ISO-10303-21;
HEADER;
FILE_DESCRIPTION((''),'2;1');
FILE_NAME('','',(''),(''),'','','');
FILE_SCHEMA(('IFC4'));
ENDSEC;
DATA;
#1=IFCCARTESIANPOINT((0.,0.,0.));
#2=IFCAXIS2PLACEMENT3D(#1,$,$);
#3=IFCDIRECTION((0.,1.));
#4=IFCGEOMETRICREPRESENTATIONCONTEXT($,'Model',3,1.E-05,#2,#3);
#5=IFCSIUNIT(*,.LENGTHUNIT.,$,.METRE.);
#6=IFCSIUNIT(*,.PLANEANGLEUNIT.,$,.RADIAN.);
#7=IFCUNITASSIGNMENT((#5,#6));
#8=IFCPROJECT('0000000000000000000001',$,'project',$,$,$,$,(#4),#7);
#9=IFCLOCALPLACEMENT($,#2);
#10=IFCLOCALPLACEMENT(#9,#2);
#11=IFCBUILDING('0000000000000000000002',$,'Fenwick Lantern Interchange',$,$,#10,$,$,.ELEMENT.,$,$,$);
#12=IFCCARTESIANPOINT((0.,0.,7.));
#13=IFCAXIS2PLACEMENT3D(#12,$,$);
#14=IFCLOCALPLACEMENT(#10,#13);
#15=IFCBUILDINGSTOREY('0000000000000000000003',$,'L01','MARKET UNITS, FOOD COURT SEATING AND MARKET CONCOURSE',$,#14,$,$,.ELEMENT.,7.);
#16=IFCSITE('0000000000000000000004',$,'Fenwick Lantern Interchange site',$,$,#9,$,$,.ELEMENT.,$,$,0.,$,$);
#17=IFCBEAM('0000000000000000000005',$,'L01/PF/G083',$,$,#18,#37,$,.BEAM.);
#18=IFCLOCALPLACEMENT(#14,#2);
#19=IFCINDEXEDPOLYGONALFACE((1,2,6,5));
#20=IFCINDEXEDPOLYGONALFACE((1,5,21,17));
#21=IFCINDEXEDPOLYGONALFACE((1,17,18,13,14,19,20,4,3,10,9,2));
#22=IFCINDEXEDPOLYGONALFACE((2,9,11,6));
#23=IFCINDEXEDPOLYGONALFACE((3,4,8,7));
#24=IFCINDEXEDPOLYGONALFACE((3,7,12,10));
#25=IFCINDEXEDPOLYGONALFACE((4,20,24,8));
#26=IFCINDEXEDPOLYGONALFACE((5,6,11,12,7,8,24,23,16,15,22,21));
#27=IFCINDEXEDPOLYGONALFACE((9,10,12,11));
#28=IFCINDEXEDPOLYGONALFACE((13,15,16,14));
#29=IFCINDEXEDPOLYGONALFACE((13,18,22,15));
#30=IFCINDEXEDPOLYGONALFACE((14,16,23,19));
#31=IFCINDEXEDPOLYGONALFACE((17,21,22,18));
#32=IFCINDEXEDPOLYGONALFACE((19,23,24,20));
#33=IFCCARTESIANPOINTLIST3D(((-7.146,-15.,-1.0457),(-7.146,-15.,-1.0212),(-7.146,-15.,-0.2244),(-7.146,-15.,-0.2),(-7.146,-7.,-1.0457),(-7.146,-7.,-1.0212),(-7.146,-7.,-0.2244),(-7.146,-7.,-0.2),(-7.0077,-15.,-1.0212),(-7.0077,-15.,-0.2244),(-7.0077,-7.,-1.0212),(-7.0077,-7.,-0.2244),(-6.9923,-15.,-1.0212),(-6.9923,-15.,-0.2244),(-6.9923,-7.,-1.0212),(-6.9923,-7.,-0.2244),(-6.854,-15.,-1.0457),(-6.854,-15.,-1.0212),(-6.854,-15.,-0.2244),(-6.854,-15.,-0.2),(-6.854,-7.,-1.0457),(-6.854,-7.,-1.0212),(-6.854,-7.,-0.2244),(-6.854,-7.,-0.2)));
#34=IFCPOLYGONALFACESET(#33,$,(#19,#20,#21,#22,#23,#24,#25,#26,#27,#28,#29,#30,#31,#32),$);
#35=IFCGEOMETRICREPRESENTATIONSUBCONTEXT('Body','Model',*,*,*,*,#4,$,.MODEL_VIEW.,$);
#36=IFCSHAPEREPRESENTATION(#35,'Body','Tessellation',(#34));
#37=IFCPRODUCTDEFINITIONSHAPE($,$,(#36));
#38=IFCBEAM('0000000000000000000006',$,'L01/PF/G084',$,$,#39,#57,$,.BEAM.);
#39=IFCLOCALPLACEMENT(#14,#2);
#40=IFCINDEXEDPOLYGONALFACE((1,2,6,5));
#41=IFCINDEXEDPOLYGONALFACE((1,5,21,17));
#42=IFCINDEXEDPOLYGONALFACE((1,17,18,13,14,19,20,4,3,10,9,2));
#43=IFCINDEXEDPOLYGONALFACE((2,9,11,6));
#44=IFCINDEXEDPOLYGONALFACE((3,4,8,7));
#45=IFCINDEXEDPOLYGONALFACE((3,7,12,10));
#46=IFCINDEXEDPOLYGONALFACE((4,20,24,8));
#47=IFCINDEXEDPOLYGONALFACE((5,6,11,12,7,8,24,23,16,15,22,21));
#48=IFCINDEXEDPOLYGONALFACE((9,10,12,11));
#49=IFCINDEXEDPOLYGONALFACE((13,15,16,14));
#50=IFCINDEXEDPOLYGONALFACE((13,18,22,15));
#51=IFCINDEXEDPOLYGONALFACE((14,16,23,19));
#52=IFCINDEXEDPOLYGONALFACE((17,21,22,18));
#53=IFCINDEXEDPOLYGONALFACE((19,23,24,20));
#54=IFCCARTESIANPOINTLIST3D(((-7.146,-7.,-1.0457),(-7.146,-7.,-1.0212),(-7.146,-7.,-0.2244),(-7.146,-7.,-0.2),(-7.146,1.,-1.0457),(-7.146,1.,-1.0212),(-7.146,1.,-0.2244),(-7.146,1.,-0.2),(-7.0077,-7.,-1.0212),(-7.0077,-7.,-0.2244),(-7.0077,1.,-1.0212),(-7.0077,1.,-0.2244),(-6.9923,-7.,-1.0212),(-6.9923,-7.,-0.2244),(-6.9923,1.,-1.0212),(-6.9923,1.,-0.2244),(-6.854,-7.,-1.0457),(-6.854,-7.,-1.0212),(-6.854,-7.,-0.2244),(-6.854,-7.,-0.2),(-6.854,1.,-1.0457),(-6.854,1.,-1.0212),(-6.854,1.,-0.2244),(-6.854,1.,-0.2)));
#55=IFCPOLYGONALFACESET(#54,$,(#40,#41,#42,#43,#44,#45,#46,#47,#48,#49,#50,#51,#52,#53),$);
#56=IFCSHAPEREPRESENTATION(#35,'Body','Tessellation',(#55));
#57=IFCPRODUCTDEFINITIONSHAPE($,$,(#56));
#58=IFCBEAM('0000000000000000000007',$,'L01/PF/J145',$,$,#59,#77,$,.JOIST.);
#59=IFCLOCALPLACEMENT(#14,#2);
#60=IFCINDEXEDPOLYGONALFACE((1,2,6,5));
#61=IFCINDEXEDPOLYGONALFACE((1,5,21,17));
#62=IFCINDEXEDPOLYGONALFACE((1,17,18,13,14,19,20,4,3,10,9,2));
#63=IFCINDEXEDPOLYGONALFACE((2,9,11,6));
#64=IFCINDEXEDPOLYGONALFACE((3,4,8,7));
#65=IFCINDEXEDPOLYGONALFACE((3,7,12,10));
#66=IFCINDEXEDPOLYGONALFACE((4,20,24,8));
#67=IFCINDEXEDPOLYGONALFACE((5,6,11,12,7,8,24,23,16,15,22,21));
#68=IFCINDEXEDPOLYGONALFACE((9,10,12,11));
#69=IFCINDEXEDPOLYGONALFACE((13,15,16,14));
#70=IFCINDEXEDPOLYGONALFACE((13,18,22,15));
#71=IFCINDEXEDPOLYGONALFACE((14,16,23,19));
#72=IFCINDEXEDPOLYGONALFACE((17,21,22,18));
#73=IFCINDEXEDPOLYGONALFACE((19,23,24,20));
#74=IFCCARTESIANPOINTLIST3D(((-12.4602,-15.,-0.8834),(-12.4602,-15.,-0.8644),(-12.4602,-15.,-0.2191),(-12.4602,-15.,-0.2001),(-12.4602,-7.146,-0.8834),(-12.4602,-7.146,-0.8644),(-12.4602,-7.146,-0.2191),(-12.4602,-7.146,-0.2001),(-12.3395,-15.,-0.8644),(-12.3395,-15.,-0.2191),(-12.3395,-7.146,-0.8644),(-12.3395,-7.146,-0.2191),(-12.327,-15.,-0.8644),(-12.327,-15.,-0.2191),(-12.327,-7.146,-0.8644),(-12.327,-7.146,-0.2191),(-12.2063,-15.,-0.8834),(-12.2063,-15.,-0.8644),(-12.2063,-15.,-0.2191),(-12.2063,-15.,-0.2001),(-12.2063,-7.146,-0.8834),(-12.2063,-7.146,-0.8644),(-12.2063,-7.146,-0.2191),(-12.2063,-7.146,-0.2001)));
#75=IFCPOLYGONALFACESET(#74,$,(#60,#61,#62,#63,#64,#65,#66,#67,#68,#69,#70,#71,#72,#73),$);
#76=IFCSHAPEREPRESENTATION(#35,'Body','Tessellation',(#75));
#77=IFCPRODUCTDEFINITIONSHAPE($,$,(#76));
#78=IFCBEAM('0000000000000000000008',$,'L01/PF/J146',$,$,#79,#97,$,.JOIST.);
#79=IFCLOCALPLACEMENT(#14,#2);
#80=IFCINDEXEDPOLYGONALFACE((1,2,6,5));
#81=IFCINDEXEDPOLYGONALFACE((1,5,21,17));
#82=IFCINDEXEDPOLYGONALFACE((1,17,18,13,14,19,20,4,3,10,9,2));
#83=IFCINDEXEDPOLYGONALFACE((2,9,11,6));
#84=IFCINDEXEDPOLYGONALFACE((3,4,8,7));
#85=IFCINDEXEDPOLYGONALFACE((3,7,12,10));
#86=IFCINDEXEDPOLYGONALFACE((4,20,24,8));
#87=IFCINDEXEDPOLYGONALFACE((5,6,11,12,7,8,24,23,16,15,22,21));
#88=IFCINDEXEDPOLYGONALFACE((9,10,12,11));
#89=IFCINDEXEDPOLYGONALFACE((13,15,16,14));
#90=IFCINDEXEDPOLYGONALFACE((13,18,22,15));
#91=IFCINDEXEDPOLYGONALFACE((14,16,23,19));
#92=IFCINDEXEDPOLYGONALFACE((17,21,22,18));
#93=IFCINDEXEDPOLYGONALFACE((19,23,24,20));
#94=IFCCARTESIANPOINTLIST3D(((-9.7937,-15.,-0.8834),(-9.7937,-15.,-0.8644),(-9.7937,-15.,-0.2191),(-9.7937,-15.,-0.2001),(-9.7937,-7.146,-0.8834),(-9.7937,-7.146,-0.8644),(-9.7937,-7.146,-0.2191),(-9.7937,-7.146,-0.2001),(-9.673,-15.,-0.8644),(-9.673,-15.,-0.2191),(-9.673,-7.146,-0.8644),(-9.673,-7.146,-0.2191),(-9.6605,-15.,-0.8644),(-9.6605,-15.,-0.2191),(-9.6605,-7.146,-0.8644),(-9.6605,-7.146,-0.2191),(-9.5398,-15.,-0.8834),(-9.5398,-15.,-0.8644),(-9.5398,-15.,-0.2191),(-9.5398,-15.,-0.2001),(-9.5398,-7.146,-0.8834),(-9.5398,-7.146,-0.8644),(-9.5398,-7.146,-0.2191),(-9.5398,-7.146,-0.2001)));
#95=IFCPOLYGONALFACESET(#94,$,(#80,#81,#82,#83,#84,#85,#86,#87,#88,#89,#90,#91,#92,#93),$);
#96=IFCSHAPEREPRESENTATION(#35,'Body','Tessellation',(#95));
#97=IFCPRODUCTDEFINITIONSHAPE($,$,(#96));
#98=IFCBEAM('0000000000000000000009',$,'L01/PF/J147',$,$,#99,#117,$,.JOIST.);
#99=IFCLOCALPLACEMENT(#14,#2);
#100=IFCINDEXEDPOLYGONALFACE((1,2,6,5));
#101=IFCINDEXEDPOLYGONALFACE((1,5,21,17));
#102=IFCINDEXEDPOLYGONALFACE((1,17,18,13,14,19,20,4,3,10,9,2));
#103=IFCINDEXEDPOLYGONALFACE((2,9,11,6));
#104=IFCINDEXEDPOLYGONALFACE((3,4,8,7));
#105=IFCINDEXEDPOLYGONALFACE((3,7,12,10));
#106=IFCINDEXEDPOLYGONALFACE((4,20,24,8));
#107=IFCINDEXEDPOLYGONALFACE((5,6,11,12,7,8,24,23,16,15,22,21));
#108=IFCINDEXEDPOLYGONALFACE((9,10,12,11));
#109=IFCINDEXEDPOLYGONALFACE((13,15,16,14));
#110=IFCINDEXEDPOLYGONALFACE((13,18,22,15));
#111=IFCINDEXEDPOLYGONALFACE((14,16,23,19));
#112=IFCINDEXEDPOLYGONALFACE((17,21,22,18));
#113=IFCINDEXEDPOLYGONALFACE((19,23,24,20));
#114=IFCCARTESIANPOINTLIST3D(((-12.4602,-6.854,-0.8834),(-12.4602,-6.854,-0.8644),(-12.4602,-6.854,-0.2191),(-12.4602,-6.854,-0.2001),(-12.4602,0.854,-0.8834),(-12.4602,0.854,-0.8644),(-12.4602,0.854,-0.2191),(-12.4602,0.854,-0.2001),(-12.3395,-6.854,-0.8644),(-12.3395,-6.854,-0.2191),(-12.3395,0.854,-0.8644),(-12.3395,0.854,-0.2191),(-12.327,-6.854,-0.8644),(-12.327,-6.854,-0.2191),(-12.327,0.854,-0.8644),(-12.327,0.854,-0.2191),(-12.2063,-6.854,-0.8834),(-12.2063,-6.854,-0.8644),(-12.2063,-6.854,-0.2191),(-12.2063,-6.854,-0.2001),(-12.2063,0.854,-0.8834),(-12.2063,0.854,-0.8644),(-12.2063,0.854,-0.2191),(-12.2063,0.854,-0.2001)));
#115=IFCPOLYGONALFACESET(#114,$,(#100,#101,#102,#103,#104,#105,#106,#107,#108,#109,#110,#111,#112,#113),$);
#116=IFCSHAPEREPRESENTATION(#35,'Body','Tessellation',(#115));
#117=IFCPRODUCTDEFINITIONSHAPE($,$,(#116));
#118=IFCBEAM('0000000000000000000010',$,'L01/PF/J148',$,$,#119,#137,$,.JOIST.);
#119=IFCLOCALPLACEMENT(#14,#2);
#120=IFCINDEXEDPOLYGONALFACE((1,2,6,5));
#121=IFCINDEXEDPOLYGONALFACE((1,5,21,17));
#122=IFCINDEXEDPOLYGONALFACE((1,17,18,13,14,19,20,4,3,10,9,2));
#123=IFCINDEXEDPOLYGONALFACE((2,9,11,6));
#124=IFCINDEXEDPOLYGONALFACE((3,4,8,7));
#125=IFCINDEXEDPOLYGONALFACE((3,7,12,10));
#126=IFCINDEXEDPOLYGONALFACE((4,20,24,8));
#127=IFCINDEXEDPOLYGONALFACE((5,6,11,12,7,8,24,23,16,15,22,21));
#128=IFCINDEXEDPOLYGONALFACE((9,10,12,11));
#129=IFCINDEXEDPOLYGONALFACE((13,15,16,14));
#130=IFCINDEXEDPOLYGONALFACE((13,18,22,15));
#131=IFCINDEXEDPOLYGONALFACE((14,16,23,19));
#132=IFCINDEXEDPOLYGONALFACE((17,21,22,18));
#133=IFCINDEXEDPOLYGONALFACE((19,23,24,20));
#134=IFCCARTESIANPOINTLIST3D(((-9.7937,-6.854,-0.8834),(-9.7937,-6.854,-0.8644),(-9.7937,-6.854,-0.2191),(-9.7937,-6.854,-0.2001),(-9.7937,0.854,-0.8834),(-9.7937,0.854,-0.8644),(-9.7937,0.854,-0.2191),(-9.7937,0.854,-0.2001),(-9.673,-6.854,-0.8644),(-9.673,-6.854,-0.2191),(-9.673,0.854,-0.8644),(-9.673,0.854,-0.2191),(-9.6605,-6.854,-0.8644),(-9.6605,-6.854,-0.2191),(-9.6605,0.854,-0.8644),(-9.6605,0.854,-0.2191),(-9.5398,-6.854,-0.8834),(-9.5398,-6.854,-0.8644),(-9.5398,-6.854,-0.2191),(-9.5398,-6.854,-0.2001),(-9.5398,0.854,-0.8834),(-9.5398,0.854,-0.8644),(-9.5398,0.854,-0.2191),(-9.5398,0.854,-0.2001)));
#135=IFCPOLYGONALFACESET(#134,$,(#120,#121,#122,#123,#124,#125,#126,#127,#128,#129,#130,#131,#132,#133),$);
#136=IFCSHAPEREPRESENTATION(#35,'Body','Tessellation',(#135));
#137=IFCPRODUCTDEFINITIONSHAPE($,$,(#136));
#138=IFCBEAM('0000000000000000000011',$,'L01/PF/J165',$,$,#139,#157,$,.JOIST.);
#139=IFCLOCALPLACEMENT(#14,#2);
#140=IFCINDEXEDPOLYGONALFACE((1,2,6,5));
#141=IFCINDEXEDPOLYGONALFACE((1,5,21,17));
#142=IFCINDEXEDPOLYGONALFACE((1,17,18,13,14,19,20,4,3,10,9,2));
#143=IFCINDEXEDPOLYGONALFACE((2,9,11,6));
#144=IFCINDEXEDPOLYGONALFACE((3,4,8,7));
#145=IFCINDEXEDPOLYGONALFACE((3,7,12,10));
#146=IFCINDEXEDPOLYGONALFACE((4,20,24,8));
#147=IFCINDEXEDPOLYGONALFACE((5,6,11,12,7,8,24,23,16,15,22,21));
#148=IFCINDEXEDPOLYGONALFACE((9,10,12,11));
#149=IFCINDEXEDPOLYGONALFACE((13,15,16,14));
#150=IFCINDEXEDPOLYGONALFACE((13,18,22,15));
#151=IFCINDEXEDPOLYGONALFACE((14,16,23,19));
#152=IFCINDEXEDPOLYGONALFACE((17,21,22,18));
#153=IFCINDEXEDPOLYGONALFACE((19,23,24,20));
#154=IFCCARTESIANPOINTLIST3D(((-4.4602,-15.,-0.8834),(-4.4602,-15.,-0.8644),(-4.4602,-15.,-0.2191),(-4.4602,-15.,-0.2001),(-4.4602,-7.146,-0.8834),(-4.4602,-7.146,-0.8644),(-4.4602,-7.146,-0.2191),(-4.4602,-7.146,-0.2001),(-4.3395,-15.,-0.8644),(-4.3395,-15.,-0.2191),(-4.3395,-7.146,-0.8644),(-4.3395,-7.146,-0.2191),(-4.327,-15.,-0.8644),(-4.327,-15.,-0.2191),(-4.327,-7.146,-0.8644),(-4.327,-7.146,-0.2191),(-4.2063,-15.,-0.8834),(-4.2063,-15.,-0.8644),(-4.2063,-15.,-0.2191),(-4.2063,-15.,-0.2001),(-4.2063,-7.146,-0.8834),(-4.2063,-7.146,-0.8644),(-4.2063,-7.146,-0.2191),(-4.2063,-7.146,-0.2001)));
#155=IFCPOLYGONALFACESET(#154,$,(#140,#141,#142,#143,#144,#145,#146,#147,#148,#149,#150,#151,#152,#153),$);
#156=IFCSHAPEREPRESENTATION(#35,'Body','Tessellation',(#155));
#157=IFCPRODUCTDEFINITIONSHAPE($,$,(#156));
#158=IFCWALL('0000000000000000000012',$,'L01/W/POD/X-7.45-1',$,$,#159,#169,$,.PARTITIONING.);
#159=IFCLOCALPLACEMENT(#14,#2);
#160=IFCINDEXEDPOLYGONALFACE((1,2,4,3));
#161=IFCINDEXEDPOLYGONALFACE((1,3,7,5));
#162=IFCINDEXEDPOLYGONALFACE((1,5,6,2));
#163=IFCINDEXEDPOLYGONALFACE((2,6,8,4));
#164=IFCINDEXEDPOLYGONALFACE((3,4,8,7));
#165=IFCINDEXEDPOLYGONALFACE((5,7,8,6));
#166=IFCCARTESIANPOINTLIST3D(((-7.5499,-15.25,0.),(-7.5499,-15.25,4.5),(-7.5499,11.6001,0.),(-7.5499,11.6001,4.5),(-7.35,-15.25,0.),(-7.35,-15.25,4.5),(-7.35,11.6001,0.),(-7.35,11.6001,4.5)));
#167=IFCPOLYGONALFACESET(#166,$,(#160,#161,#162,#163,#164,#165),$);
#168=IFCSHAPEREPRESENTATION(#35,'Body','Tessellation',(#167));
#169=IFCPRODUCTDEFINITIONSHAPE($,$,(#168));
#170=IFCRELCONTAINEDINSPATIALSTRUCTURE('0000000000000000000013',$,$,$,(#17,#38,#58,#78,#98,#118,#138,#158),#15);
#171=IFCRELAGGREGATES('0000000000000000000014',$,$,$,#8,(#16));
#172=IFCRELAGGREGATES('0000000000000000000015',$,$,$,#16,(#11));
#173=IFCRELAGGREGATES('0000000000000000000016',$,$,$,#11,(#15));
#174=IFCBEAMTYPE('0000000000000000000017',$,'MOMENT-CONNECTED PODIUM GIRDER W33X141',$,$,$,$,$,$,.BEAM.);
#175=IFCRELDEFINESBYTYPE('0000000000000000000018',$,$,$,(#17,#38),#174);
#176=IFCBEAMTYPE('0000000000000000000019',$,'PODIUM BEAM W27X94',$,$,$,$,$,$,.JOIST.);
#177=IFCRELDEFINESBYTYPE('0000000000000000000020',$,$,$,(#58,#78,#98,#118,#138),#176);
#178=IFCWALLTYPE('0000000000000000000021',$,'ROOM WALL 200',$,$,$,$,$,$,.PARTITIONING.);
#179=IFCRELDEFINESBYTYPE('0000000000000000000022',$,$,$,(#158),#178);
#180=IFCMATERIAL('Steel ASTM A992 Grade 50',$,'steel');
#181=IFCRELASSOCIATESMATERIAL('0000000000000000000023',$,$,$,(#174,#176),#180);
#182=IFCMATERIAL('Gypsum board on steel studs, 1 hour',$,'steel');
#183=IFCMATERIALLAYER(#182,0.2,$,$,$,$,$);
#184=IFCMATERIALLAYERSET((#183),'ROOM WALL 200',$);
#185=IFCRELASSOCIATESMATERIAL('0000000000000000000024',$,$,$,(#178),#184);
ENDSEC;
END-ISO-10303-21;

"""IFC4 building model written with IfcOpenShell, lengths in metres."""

from ifc_helpers import new_model, si_unit, direction, frame, frame_2d, origin, origin_2d, place, context, subcontext, project, spatial, rectangle, i_section, extrude, material, layer, layer_set, material_profile, profile_set, type_object, element, save


model = new_model("IFC4")

# Units and contexts
model_context = context("Model", 3, precision=1e-05, world=origin(), true_north=direction((0.0, 1.0)))
body_context = subcontext(model_context, "Body", "Model", "MODEL_VIEW")
ifc_project = project(units=[si_unit("LENGTHUNIT", "METRE"), si_unit("PLANEANGLEUNIT", "RADIAN")], contexts=[model_context])

# Site, building, storey
site_placement = place(None, origin())
site = spatial("IfcSite", under=ifc_project, at=site_placement, Name="Fenwick Lantern Interchange site", CompositionType="ELEMENT", RefElevation=0.0)
building_placement = place(site_placement, origin())
building = spatial("IfcBuilding", under=site, at=building_placement, Name="Fenwick Lantern Interchange", CompositionType="ELEMENT")
storey_placement = place(building_placement, frame((0.0, 0.0, 7.0)))
storey = spatial("IfcBuildingStorey", under=building, at=storey_placement, Name="L01", Description="MARKET UNITS, FOOD COURT SEATING AND MARKET CONCOURSE", CompositionType="ELEMENT", Elevation=7.0)

# Shared definitions
ifc_material_1 = material(Name="Steel ASTM A992 Grade 50", Category="steel")

# Beams
ifc_material_profile_1 = material_profile(ifc_material_1, i_section(OverallWidth=0.292, OverallDepth=0.8457, WebThickness=0.0154, FlangeThickness=0.0244, at=origin_2d()), Name="W33X141")
ifc_profile_set_1 = profile_set([ifc_material_profile_1], Name="Steel ASTM A992 Grade 50")
beam_type_1 = type_object("IfcBeamType", Name="MOMENT-CONNECTED PODIUM GIRDER W33X141", PredefinedType="BEAM", material=ifc_profile_set_1)
for number, where, z_axis, x_axis, name in (
    (1, (-7.0, -15.0, -0.6228), (0.0, 1.0, 0.0), (-1.0, 0.0, 0.0), "L01/PF/G083"),
    (2, (-7.0, -7.0, -0.6228), (0.0, 1.0, 0.0), (-1.0, 0.0, 0.0), "L01/PF/G084"),
):
    element("IfcBeam", number, at=place(storey_placement, frame(where, z_axis=z_axis, x_axis=x_axis)), inside=storey, type_object=beam_type_1, Name=name, PredefinedType="BEAM", context=body_context, shape_type="SweptSolid", body=[
        extrude(i_section(OverallWidth=0.292, OverallDepth=0.8457, WebThickness=0.0154, FlangeThickness=0.0244, at=origin_2d()), origin(), (0.0, 0.0, 1.0), 8.0),
    ])
ifc_material_profile_2 = material_profile(ifc_material_1, i_section(OverallWidth=0.2539, OverallDepth=0.6833, WebThickness=0.0125, FlangeThickness=0.019, at=origin_2d()), Name="W27X94")
ifc_profile_set_2 = profile_set([ifc_material_profile_2], Name="Steel ASTM A992 Grade 50")
beam_type_2 = type_object("IfcBeamType", Name="PODIUM BEAM W27X94", PredefinedType="JOIST", material=ifc_profile_set_2)
for number, where, z_axis, x_axis, name in (
    (3, (-12.3333, -15.0, -0.5417), (0.0, 1.0, 0.0), (-1.0, 0.0, 0.0), "L01/PF/J145"),
    (4, (-9.6667, -15.0, -0.5417), (0.0, 1.0, 0.0), (-1.0, 0.0, 0.0), "L01/PF/J146"),
):
    element("IfcBeam", number, at=place(storey_placement, frame(where, z_axis=z_axis, x_axis=x_axis)), inside=storey, type_object=beam_type_2, Name=name, PredefinedType="JOIST", context=body_context, shape_type="SweptSolid", body=[
        extrude(i_section(OverallWidth=0.2539, OverallDepth=0.6833, WebThickness=0.0125, FlangeThickness=0.019, at=origin_2d()), origin(), (0.0, 0.0, 1.0), 7.854),
    ])
for number, where, z_axis, x_axis, name in (
    (5, (-12.3333, -6.854, -0.5417), (0.0, 1.0, 0.0), (-1.0, 0.0, 0.0), "L01/PF/J147"),
    (6, (-9.6667, -6.854, -0.5417), (0.0, 1.0, 0.0), (-1.0, 0.0, 0.0), "L01/PF/J148"),
):
    element("IfcBeam", number, at=place(storey_placement, frame(where, z_axis=z_axis, x_axis=x_axis)), inside=storey, type_object=beam_type_2, Name=name, PredefinedType="JOIST", context=body_context, shape_type="SweptSolid", body=[
        extrude(i_section(OverallWidth=0.2539, OverallDepth=0.6833, WebThickness=0.0125, FlangeThickness=0.019, at=origin_2d()), origin(), (0.0, 0.0, 1.0), 7.708),
    ])
beam_placement = place(storey_placement, frame((-4.3333, -15.0, -0.5417), z_axis=(0.0, 1.0, 0.0), x_axis=(-1.0, 0.0, 0.0)))
element("IfcBeam", 7, at=beam_placement, inside=storey, type_object=beam_type_2, Name="L01/PF/J165", PredefinedType="JOIST", context=body_context, shape_type="SweptSolid", body=[
    extrude(i_section(OverallWidth=0.2539, OverallDepth=0.6833, WebThickness=0.0125, FlangeThickness=0.019, at=origin_2d()), origin(), (0.0, 0.0, 1.0), 7.854),
])

# Wall
ifc_material_2 = material(Name="Gypsum board on steel studs, 1 hour", Category="steel")
ifc_layer_1 = layer(ifc_material_2, 0.2)
ifc_layer_set_1 = layer_set([ifc_layer_1], Name="ROOM WALL 200")
wall_type_1 = type_object("IfcWallType", Name="ROOM WALL 200", PredefinedType="PARTITIONING", material=ifc_layer_set_1)
wall_1_placement = place(storey_placement, frame((-7.45, -15.25, 0.0), z_axis=(0.0, 0.0, 1.0), x_axis=(0.0, 1.0, 0.0)))
element("IfcWall", 8, at=wall_1_placement, inside=storey, type_object=wall_type_1, Name="L01/W/POD/X-7.45-1", PredefinedType="PARTITIONING", context=body_context, shape_type="SweptSolid", body=[
    extrude(rectangle(XDim=26.8501, YDim=0.2, at=frame_2d((13.425, 0.0))), origin(), (0.0, 0.0, 1.0), 4.5),
])

save(model, "model.ifc")
